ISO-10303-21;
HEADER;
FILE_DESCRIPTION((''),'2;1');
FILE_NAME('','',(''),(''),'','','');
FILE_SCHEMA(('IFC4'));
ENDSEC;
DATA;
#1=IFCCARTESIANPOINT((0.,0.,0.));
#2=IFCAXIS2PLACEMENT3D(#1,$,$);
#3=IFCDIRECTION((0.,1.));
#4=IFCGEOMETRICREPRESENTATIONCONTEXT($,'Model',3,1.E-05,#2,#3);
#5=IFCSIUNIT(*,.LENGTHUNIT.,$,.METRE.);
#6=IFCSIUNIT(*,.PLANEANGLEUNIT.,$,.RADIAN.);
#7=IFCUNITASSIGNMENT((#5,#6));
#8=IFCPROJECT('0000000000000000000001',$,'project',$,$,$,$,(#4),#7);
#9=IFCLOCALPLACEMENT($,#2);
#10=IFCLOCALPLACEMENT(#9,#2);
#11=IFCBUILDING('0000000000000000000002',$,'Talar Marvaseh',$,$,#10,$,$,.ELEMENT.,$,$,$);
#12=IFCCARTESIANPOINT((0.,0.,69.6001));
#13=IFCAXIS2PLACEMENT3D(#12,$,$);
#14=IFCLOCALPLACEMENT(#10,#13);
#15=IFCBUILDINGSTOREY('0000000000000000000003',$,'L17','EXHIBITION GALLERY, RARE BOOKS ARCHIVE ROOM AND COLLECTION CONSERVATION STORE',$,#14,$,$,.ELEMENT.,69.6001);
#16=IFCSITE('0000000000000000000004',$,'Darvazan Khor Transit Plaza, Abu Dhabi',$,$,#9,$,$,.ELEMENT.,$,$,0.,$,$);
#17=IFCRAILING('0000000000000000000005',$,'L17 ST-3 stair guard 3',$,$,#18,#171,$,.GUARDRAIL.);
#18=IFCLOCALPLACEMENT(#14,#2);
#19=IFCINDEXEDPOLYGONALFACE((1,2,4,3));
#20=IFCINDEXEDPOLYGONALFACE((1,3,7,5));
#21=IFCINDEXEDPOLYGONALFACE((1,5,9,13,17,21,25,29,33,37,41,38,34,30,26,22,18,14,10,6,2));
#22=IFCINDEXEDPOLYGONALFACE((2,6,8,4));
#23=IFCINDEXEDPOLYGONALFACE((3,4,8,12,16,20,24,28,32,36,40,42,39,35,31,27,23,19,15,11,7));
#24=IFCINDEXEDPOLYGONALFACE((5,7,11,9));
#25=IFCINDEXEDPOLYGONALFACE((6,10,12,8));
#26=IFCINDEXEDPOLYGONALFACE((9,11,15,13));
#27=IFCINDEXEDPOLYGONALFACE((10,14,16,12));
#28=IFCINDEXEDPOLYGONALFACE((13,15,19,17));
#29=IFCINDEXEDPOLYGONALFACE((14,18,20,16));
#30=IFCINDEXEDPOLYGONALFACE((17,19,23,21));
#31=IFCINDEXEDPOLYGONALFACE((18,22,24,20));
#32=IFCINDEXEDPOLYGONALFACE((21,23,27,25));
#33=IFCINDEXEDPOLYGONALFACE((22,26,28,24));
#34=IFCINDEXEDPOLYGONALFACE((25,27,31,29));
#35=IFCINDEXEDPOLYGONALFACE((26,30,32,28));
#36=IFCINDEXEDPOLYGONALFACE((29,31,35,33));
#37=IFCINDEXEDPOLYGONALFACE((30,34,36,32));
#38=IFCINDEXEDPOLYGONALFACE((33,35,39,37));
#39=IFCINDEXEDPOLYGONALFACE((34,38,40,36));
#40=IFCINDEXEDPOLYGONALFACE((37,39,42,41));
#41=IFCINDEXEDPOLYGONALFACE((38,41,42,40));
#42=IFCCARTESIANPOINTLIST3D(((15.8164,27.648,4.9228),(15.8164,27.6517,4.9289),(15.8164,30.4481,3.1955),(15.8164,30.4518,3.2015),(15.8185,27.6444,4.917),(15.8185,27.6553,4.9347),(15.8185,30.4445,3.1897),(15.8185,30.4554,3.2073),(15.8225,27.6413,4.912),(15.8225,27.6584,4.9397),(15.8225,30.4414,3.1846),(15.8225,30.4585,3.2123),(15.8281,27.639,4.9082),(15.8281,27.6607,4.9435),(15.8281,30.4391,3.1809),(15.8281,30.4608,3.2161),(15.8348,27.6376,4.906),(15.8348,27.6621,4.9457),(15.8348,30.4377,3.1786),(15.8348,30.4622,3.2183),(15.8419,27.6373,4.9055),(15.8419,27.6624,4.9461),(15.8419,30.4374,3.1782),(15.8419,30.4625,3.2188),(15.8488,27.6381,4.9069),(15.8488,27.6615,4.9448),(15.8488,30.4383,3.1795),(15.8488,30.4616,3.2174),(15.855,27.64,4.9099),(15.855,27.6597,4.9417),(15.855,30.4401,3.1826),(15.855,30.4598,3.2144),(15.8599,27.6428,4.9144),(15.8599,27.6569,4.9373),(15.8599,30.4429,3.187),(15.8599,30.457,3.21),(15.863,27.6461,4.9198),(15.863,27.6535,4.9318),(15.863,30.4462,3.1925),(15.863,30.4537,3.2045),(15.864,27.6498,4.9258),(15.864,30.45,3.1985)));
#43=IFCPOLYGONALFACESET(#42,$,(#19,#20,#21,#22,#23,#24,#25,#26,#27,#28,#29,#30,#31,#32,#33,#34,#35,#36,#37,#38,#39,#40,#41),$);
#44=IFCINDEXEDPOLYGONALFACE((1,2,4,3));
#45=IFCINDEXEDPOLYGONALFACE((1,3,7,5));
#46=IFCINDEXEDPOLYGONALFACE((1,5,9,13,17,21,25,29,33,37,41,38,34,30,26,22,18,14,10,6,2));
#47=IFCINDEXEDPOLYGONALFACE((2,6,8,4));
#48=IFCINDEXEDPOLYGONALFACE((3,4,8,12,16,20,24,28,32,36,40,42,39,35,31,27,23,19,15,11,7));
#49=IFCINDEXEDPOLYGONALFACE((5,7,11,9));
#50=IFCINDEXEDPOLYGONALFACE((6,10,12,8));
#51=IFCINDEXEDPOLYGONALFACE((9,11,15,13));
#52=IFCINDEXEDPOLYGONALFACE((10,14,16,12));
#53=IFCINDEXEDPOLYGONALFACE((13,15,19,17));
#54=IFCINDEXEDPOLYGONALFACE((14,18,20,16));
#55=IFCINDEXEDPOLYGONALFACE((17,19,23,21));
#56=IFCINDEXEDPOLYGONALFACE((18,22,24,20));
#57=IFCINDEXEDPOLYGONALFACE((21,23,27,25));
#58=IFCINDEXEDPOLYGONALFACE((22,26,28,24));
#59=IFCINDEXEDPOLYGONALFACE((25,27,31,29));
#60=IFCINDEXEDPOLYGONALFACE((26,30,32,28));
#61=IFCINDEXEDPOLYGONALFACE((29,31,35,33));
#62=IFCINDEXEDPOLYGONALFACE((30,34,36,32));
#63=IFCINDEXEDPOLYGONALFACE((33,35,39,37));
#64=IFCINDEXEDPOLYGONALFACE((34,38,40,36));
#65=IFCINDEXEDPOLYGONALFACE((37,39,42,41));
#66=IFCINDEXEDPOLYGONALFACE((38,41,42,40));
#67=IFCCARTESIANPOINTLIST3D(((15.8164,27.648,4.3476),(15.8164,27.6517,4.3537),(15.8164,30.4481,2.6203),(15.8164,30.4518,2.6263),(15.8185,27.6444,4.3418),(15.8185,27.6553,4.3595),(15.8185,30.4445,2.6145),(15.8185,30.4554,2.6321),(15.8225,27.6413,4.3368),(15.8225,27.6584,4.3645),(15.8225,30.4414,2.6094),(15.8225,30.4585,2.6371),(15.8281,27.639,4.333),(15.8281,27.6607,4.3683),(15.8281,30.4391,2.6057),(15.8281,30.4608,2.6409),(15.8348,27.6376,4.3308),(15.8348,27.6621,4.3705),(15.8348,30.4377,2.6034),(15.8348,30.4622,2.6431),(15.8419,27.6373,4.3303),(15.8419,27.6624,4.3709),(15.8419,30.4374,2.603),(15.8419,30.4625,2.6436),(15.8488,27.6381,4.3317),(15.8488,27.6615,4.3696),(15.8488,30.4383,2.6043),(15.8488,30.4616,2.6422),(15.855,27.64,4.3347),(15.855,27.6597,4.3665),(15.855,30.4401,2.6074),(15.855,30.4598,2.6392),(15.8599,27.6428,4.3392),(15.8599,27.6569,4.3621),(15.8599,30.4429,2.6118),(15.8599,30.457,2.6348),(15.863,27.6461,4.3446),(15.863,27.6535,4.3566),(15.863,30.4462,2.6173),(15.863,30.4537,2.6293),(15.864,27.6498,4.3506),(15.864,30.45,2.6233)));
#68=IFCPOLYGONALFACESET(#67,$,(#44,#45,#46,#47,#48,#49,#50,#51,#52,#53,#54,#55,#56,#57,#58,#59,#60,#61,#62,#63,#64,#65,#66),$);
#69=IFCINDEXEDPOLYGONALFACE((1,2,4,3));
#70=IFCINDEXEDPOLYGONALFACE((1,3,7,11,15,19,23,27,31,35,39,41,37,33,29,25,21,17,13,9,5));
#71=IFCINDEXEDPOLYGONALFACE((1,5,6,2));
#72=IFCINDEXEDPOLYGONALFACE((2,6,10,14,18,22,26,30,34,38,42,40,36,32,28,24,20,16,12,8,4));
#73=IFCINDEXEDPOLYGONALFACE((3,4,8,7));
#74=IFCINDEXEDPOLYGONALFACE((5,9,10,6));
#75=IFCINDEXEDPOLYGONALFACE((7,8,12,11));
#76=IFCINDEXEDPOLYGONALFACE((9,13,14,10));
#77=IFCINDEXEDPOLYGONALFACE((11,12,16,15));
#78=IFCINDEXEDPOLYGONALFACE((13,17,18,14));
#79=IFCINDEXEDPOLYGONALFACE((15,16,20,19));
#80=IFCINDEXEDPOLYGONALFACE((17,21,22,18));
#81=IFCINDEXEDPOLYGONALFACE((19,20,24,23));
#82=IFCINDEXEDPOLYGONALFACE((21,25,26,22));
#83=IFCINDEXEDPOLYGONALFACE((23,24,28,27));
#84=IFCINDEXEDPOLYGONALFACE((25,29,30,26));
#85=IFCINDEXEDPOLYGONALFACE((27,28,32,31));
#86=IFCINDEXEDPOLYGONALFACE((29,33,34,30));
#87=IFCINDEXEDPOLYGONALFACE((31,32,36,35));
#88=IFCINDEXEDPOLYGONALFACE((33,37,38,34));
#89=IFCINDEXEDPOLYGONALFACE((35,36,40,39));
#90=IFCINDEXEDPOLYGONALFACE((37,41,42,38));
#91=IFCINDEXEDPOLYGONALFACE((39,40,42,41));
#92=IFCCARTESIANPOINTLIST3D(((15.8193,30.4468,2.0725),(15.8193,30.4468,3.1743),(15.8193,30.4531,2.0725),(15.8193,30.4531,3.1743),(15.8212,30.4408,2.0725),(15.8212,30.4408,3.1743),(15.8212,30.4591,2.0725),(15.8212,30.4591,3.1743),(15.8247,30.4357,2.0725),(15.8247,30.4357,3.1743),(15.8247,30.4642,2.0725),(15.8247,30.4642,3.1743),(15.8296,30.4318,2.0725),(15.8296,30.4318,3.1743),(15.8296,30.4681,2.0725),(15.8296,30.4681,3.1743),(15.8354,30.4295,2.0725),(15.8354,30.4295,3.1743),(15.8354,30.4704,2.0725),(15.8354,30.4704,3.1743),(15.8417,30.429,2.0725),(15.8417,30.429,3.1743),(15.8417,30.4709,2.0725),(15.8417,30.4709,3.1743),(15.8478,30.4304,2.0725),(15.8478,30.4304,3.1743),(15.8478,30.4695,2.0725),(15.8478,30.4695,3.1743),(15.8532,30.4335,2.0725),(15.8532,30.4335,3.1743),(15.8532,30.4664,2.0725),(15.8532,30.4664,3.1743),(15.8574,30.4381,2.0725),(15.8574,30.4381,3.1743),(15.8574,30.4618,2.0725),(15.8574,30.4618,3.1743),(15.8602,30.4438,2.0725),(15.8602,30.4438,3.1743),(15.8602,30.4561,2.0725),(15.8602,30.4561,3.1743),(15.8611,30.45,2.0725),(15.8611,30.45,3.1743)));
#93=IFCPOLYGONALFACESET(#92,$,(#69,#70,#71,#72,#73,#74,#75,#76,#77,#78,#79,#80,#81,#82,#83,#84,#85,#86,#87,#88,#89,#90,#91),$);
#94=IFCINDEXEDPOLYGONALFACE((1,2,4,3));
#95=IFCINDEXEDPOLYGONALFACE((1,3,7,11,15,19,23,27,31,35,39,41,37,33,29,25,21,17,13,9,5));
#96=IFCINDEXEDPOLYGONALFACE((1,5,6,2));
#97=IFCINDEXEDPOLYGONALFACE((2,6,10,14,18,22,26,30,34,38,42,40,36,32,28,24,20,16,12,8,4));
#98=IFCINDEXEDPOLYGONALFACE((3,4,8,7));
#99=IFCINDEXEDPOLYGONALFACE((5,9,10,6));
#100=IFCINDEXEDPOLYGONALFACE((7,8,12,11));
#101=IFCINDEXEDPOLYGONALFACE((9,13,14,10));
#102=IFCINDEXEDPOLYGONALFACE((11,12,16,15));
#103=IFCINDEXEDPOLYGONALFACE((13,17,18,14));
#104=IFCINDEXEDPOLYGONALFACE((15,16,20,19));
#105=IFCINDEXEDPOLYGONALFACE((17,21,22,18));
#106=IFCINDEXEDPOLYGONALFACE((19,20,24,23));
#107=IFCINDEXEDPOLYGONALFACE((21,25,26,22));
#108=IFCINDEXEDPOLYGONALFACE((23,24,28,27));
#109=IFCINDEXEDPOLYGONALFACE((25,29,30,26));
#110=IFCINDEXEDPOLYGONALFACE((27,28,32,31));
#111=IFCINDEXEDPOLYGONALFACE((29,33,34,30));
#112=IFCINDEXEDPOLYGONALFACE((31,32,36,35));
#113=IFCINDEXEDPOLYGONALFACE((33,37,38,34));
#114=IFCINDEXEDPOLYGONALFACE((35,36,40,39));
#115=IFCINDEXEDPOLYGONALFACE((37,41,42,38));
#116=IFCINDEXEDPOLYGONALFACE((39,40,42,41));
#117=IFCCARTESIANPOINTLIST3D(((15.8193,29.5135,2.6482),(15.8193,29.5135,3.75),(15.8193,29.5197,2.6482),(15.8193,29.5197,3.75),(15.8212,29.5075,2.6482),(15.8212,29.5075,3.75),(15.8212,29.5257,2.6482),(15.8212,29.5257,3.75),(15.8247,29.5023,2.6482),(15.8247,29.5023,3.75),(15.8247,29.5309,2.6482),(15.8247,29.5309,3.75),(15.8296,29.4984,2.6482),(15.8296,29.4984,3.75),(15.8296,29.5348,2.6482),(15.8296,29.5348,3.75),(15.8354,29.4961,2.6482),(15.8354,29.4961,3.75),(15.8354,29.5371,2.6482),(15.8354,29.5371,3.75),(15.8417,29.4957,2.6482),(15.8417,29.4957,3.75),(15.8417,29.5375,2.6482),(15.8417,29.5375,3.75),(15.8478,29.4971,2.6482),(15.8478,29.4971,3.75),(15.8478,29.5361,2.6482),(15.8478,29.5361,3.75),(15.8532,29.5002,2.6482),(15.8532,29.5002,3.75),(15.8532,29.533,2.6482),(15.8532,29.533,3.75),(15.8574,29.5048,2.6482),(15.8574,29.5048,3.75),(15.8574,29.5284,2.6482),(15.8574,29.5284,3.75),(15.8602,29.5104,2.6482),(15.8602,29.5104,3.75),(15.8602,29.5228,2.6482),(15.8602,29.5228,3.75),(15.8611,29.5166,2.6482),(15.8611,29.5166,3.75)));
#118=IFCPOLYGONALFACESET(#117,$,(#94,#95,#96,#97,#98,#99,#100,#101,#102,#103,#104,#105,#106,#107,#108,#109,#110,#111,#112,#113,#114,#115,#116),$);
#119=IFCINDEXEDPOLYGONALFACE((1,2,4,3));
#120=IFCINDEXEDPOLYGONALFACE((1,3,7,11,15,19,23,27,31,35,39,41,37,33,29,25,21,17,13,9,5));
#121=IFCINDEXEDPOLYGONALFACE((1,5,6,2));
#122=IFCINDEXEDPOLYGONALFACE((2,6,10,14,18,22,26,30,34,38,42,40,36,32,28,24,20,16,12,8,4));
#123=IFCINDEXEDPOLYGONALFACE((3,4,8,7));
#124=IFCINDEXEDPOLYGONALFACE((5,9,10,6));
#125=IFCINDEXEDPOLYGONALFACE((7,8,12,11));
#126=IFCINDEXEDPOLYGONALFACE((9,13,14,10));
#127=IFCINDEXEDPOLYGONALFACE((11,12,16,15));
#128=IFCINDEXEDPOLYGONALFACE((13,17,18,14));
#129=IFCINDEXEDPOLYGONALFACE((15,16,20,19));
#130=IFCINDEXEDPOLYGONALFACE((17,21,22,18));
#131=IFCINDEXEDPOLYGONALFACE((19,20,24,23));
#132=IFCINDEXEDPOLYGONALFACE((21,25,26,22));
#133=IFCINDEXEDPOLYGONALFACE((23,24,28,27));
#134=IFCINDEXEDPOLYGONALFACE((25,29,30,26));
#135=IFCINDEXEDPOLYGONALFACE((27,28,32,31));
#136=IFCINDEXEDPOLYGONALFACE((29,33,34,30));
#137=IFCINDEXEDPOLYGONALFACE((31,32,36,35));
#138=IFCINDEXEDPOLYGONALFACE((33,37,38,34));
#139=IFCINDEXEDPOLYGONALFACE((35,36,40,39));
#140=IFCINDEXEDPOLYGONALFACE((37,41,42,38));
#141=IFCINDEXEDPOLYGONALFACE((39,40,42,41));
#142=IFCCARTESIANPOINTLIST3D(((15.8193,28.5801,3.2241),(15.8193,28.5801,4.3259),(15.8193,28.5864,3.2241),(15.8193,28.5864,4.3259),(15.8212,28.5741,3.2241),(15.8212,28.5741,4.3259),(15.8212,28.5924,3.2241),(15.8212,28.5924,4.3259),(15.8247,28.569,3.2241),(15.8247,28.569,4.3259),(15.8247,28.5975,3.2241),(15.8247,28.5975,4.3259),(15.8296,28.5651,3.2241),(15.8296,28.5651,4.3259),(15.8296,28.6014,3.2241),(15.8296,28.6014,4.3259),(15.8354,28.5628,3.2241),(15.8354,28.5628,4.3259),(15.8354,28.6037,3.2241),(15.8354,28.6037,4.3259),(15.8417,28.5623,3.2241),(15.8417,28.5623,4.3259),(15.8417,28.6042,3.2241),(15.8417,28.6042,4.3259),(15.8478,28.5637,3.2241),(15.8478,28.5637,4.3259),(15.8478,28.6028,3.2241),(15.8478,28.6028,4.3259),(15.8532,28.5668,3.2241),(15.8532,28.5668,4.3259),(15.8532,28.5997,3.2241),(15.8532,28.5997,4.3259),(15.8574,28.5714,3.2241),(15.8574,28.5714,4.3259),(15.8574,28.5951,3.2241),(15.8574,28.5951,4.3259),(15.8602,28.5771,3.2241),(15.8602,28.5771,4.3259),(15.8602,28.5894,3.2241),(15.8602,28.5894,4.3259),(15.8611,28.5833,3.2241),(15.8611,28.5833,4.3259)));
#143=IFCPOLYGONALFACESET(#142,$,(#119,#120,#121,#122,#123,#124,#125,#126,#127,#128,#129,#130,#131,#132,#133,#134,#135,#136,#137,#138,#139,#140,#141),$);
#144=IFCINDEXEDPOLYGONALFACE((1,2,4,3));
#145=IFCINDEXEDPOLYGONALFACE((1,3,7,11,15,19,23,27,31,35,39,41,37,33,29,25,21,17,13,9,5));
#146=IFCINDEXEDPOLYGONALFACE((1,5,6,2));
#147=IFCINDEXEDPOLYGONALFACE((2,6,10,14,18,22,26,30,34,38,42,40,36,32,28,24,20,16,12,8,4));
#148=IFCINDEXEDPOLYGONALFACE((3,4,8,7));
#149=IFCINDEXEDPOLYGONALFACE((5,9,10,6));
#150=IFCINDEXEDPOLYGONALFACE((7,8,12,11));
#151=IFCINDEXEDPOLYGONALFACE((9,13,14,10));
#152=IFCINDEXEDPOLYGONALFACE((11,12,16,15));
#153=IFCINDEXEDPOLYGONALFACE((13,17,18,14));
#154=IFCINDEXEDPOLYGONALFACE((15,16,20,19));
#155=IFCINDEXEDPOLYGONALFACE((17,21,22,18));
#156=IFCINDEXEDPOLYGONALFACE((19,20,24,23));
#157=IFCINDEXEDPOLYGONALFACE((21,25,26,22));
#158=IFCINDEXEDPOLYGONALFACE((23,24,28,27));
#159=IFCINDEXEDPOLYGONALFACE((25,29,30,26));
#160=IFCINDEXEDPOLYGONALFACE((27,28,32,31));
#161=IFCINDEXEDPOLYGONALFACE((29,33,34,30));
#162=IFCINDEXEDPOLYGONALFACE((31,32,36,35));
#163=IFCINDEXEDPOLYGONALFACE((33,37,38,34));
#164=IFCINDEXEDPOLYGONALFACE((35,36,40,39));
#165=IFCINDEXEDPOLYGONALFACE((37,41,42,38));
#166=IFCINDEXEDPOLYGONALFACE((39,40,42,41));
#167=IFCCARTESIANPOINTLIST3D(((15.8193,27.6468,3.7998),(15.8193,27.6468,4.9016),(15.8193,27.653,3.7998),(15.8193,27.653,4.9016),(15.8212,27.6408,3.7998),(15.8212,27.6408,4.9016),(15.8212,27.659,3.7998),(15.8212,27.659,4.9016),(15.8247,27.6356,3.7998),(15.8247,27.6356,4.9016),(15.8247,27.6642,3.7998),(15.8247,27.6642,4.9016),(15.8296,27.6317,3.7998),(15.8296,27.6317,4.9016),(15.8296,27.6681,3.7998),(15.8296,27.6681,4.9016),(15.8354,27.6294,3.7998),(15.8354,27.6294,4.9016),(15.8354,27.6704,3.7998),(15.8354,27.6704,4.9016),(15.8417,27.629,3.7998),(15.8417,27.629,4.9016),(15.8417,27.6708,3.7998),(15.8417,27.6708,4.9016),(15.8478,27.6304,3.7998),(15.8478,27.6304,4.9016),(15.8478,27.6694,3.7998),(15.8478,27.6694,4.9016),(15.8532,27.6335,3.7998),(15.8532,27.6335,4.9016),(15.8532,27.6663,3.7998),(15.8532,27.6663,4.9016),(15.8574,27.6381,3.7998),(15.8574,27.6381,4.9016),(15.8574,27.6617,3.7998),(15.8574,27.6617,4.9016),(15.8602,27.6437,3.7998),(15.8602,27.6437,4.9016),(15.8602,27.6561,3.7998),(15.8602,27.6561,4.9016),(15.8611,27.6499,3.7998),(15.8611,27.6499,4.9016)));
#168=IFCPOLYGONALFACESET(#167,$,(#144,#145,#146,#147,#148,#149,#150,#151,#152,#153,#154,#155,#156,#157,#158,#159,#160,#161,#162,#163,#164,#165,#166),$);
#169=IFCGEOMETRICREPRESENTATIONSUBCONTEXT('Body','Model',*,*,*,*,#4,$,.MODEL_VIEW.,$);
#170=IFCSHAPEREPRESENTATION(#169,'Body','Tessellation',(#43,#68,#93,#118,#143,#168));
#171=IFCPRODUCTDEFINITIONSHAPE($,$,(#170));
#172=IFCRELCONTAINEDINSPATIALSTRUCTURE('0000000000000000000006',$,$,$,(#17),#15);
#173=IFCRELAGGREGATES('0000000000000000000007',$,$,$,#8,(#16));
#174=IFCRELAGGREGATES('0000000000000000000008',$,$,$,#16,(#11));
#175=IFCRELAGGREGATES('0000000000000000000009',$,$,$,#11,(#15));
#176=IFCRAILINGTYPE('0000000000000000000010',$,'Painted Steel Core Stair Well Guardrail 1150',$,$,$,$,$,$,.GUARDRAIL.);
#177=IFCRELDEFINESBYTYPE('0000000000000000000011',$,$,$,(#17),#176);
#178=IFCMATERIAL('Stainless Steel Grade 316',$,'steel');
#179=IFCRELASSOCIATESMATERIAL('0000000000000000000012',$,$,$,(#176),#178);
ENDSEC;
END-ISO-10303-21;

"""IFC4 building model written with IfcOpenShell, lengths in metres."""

from ifc_helpers import new_model, si_unit, direction, frame, origin, origin_2d, place, context, subcontext, project, spatial, circle, extrude, material, type_object, element, save


model = new_model("IFC4")

# Units and contexts
model_context = context("Model", 3, precision=1e-05, world=origin(), true_north=direction((0.0, 1.0)))
body_context = subcontext(model_context, "Body", "Model", "MODEL_VIEW")
ifc_project = project(units=[si_unit("LENGTHUNIT", "METRE"), si_unit("PLANEANGLEUNIT", "RADIAN")], contexts=[model_context])

# Site, building, storey
site_placement = place(None, origin())
site = spatial("IfcSite", under=ifc_project, at=site_placement, Name="Darvazan Khor Transit Plaza, Abu Dhabi", CompositionType="ELEMENT", RefElevation=0.0)
building_placement = place(site_placement, origin())
building = spatial("IfcBuilding", under=site, at=building_placement, Name="Talar Marvaseh", CompositionType="ELEMENT")
storey_placement = place(building_placement, frame((0.0, 0.0, 69.6001)))
storey = spatial("IfcBuildingStorey", under=building, at=storey_placement, Name="L17", Description="EXHIBITION GALLERY, RARE BOOKS ARCHIVE ROOM AND COLLECTION CONSERVATION STORE", CompositionType="ELEMENT", Elevation=69.6001)

# Railing
ifc_material_1 = material(Name="Stainless Steel Grade 316", Category="steel")
railing_type_1 = type_object("IfcRailingType", Name="Painted Steel Core Stair Well Guardrail 1150", PredefinedType="GUARDRAIL", material=ifc_material_1)
railing_1_placement = place(storey_placement, frame((15.8401, 30.45, 2.0725)))
element("IfcRailing", 1, at=railing_1_placement, inside=storey, type_object=railing_type_1, Name="L17 ST-3 stair guard 3", PredefinedType="GUARDRAIL", context=body_context, shape_type="SweptSolid", body=[
    extrude(circle(Radius=0.0239, at=origin_2d()), frame((0.0, 0.0, 1.126), z_axis=(0.0, -0.85109, 0.52502), x_axis=(1.0, 0.0, 0.0)), (0.0, 0.0, 1.0), 3.29),
    extrude(circle(Radius=0.0239, at=origin_2d()), frame((0.0, 0.0, 0.5508), z_axis=(0.0, -0.85109, 0.52502), x_axis=(1.0, 0.0, 0.0)), (0.0, 0.0, 1.0), 3.29),
    extrude(circle(Radius=0.021, at=origin_2d()), origin(), (0.0, 0.0, 1.0), 1.1018),
    extrude(circle(Radius=0.021, at=origin_2d()), frame((0.0, -0.9333, 0.5757)), (0.0, 0.0, 1.0), 1.1018),
    extrude(circle(Radius=0.021, at=origin_2d()), frame((0.0, -1.8667, 1.1516)), (0.0, 0.0, 1.0), 1.1018),
    extrude(circle(Radius=0.021, at=origin_2d()), frame((0.0, -2.8, 1.7273)), (0.0, 0.0, 1.0), 1.1018),
])

save(model, "model.ifc")
